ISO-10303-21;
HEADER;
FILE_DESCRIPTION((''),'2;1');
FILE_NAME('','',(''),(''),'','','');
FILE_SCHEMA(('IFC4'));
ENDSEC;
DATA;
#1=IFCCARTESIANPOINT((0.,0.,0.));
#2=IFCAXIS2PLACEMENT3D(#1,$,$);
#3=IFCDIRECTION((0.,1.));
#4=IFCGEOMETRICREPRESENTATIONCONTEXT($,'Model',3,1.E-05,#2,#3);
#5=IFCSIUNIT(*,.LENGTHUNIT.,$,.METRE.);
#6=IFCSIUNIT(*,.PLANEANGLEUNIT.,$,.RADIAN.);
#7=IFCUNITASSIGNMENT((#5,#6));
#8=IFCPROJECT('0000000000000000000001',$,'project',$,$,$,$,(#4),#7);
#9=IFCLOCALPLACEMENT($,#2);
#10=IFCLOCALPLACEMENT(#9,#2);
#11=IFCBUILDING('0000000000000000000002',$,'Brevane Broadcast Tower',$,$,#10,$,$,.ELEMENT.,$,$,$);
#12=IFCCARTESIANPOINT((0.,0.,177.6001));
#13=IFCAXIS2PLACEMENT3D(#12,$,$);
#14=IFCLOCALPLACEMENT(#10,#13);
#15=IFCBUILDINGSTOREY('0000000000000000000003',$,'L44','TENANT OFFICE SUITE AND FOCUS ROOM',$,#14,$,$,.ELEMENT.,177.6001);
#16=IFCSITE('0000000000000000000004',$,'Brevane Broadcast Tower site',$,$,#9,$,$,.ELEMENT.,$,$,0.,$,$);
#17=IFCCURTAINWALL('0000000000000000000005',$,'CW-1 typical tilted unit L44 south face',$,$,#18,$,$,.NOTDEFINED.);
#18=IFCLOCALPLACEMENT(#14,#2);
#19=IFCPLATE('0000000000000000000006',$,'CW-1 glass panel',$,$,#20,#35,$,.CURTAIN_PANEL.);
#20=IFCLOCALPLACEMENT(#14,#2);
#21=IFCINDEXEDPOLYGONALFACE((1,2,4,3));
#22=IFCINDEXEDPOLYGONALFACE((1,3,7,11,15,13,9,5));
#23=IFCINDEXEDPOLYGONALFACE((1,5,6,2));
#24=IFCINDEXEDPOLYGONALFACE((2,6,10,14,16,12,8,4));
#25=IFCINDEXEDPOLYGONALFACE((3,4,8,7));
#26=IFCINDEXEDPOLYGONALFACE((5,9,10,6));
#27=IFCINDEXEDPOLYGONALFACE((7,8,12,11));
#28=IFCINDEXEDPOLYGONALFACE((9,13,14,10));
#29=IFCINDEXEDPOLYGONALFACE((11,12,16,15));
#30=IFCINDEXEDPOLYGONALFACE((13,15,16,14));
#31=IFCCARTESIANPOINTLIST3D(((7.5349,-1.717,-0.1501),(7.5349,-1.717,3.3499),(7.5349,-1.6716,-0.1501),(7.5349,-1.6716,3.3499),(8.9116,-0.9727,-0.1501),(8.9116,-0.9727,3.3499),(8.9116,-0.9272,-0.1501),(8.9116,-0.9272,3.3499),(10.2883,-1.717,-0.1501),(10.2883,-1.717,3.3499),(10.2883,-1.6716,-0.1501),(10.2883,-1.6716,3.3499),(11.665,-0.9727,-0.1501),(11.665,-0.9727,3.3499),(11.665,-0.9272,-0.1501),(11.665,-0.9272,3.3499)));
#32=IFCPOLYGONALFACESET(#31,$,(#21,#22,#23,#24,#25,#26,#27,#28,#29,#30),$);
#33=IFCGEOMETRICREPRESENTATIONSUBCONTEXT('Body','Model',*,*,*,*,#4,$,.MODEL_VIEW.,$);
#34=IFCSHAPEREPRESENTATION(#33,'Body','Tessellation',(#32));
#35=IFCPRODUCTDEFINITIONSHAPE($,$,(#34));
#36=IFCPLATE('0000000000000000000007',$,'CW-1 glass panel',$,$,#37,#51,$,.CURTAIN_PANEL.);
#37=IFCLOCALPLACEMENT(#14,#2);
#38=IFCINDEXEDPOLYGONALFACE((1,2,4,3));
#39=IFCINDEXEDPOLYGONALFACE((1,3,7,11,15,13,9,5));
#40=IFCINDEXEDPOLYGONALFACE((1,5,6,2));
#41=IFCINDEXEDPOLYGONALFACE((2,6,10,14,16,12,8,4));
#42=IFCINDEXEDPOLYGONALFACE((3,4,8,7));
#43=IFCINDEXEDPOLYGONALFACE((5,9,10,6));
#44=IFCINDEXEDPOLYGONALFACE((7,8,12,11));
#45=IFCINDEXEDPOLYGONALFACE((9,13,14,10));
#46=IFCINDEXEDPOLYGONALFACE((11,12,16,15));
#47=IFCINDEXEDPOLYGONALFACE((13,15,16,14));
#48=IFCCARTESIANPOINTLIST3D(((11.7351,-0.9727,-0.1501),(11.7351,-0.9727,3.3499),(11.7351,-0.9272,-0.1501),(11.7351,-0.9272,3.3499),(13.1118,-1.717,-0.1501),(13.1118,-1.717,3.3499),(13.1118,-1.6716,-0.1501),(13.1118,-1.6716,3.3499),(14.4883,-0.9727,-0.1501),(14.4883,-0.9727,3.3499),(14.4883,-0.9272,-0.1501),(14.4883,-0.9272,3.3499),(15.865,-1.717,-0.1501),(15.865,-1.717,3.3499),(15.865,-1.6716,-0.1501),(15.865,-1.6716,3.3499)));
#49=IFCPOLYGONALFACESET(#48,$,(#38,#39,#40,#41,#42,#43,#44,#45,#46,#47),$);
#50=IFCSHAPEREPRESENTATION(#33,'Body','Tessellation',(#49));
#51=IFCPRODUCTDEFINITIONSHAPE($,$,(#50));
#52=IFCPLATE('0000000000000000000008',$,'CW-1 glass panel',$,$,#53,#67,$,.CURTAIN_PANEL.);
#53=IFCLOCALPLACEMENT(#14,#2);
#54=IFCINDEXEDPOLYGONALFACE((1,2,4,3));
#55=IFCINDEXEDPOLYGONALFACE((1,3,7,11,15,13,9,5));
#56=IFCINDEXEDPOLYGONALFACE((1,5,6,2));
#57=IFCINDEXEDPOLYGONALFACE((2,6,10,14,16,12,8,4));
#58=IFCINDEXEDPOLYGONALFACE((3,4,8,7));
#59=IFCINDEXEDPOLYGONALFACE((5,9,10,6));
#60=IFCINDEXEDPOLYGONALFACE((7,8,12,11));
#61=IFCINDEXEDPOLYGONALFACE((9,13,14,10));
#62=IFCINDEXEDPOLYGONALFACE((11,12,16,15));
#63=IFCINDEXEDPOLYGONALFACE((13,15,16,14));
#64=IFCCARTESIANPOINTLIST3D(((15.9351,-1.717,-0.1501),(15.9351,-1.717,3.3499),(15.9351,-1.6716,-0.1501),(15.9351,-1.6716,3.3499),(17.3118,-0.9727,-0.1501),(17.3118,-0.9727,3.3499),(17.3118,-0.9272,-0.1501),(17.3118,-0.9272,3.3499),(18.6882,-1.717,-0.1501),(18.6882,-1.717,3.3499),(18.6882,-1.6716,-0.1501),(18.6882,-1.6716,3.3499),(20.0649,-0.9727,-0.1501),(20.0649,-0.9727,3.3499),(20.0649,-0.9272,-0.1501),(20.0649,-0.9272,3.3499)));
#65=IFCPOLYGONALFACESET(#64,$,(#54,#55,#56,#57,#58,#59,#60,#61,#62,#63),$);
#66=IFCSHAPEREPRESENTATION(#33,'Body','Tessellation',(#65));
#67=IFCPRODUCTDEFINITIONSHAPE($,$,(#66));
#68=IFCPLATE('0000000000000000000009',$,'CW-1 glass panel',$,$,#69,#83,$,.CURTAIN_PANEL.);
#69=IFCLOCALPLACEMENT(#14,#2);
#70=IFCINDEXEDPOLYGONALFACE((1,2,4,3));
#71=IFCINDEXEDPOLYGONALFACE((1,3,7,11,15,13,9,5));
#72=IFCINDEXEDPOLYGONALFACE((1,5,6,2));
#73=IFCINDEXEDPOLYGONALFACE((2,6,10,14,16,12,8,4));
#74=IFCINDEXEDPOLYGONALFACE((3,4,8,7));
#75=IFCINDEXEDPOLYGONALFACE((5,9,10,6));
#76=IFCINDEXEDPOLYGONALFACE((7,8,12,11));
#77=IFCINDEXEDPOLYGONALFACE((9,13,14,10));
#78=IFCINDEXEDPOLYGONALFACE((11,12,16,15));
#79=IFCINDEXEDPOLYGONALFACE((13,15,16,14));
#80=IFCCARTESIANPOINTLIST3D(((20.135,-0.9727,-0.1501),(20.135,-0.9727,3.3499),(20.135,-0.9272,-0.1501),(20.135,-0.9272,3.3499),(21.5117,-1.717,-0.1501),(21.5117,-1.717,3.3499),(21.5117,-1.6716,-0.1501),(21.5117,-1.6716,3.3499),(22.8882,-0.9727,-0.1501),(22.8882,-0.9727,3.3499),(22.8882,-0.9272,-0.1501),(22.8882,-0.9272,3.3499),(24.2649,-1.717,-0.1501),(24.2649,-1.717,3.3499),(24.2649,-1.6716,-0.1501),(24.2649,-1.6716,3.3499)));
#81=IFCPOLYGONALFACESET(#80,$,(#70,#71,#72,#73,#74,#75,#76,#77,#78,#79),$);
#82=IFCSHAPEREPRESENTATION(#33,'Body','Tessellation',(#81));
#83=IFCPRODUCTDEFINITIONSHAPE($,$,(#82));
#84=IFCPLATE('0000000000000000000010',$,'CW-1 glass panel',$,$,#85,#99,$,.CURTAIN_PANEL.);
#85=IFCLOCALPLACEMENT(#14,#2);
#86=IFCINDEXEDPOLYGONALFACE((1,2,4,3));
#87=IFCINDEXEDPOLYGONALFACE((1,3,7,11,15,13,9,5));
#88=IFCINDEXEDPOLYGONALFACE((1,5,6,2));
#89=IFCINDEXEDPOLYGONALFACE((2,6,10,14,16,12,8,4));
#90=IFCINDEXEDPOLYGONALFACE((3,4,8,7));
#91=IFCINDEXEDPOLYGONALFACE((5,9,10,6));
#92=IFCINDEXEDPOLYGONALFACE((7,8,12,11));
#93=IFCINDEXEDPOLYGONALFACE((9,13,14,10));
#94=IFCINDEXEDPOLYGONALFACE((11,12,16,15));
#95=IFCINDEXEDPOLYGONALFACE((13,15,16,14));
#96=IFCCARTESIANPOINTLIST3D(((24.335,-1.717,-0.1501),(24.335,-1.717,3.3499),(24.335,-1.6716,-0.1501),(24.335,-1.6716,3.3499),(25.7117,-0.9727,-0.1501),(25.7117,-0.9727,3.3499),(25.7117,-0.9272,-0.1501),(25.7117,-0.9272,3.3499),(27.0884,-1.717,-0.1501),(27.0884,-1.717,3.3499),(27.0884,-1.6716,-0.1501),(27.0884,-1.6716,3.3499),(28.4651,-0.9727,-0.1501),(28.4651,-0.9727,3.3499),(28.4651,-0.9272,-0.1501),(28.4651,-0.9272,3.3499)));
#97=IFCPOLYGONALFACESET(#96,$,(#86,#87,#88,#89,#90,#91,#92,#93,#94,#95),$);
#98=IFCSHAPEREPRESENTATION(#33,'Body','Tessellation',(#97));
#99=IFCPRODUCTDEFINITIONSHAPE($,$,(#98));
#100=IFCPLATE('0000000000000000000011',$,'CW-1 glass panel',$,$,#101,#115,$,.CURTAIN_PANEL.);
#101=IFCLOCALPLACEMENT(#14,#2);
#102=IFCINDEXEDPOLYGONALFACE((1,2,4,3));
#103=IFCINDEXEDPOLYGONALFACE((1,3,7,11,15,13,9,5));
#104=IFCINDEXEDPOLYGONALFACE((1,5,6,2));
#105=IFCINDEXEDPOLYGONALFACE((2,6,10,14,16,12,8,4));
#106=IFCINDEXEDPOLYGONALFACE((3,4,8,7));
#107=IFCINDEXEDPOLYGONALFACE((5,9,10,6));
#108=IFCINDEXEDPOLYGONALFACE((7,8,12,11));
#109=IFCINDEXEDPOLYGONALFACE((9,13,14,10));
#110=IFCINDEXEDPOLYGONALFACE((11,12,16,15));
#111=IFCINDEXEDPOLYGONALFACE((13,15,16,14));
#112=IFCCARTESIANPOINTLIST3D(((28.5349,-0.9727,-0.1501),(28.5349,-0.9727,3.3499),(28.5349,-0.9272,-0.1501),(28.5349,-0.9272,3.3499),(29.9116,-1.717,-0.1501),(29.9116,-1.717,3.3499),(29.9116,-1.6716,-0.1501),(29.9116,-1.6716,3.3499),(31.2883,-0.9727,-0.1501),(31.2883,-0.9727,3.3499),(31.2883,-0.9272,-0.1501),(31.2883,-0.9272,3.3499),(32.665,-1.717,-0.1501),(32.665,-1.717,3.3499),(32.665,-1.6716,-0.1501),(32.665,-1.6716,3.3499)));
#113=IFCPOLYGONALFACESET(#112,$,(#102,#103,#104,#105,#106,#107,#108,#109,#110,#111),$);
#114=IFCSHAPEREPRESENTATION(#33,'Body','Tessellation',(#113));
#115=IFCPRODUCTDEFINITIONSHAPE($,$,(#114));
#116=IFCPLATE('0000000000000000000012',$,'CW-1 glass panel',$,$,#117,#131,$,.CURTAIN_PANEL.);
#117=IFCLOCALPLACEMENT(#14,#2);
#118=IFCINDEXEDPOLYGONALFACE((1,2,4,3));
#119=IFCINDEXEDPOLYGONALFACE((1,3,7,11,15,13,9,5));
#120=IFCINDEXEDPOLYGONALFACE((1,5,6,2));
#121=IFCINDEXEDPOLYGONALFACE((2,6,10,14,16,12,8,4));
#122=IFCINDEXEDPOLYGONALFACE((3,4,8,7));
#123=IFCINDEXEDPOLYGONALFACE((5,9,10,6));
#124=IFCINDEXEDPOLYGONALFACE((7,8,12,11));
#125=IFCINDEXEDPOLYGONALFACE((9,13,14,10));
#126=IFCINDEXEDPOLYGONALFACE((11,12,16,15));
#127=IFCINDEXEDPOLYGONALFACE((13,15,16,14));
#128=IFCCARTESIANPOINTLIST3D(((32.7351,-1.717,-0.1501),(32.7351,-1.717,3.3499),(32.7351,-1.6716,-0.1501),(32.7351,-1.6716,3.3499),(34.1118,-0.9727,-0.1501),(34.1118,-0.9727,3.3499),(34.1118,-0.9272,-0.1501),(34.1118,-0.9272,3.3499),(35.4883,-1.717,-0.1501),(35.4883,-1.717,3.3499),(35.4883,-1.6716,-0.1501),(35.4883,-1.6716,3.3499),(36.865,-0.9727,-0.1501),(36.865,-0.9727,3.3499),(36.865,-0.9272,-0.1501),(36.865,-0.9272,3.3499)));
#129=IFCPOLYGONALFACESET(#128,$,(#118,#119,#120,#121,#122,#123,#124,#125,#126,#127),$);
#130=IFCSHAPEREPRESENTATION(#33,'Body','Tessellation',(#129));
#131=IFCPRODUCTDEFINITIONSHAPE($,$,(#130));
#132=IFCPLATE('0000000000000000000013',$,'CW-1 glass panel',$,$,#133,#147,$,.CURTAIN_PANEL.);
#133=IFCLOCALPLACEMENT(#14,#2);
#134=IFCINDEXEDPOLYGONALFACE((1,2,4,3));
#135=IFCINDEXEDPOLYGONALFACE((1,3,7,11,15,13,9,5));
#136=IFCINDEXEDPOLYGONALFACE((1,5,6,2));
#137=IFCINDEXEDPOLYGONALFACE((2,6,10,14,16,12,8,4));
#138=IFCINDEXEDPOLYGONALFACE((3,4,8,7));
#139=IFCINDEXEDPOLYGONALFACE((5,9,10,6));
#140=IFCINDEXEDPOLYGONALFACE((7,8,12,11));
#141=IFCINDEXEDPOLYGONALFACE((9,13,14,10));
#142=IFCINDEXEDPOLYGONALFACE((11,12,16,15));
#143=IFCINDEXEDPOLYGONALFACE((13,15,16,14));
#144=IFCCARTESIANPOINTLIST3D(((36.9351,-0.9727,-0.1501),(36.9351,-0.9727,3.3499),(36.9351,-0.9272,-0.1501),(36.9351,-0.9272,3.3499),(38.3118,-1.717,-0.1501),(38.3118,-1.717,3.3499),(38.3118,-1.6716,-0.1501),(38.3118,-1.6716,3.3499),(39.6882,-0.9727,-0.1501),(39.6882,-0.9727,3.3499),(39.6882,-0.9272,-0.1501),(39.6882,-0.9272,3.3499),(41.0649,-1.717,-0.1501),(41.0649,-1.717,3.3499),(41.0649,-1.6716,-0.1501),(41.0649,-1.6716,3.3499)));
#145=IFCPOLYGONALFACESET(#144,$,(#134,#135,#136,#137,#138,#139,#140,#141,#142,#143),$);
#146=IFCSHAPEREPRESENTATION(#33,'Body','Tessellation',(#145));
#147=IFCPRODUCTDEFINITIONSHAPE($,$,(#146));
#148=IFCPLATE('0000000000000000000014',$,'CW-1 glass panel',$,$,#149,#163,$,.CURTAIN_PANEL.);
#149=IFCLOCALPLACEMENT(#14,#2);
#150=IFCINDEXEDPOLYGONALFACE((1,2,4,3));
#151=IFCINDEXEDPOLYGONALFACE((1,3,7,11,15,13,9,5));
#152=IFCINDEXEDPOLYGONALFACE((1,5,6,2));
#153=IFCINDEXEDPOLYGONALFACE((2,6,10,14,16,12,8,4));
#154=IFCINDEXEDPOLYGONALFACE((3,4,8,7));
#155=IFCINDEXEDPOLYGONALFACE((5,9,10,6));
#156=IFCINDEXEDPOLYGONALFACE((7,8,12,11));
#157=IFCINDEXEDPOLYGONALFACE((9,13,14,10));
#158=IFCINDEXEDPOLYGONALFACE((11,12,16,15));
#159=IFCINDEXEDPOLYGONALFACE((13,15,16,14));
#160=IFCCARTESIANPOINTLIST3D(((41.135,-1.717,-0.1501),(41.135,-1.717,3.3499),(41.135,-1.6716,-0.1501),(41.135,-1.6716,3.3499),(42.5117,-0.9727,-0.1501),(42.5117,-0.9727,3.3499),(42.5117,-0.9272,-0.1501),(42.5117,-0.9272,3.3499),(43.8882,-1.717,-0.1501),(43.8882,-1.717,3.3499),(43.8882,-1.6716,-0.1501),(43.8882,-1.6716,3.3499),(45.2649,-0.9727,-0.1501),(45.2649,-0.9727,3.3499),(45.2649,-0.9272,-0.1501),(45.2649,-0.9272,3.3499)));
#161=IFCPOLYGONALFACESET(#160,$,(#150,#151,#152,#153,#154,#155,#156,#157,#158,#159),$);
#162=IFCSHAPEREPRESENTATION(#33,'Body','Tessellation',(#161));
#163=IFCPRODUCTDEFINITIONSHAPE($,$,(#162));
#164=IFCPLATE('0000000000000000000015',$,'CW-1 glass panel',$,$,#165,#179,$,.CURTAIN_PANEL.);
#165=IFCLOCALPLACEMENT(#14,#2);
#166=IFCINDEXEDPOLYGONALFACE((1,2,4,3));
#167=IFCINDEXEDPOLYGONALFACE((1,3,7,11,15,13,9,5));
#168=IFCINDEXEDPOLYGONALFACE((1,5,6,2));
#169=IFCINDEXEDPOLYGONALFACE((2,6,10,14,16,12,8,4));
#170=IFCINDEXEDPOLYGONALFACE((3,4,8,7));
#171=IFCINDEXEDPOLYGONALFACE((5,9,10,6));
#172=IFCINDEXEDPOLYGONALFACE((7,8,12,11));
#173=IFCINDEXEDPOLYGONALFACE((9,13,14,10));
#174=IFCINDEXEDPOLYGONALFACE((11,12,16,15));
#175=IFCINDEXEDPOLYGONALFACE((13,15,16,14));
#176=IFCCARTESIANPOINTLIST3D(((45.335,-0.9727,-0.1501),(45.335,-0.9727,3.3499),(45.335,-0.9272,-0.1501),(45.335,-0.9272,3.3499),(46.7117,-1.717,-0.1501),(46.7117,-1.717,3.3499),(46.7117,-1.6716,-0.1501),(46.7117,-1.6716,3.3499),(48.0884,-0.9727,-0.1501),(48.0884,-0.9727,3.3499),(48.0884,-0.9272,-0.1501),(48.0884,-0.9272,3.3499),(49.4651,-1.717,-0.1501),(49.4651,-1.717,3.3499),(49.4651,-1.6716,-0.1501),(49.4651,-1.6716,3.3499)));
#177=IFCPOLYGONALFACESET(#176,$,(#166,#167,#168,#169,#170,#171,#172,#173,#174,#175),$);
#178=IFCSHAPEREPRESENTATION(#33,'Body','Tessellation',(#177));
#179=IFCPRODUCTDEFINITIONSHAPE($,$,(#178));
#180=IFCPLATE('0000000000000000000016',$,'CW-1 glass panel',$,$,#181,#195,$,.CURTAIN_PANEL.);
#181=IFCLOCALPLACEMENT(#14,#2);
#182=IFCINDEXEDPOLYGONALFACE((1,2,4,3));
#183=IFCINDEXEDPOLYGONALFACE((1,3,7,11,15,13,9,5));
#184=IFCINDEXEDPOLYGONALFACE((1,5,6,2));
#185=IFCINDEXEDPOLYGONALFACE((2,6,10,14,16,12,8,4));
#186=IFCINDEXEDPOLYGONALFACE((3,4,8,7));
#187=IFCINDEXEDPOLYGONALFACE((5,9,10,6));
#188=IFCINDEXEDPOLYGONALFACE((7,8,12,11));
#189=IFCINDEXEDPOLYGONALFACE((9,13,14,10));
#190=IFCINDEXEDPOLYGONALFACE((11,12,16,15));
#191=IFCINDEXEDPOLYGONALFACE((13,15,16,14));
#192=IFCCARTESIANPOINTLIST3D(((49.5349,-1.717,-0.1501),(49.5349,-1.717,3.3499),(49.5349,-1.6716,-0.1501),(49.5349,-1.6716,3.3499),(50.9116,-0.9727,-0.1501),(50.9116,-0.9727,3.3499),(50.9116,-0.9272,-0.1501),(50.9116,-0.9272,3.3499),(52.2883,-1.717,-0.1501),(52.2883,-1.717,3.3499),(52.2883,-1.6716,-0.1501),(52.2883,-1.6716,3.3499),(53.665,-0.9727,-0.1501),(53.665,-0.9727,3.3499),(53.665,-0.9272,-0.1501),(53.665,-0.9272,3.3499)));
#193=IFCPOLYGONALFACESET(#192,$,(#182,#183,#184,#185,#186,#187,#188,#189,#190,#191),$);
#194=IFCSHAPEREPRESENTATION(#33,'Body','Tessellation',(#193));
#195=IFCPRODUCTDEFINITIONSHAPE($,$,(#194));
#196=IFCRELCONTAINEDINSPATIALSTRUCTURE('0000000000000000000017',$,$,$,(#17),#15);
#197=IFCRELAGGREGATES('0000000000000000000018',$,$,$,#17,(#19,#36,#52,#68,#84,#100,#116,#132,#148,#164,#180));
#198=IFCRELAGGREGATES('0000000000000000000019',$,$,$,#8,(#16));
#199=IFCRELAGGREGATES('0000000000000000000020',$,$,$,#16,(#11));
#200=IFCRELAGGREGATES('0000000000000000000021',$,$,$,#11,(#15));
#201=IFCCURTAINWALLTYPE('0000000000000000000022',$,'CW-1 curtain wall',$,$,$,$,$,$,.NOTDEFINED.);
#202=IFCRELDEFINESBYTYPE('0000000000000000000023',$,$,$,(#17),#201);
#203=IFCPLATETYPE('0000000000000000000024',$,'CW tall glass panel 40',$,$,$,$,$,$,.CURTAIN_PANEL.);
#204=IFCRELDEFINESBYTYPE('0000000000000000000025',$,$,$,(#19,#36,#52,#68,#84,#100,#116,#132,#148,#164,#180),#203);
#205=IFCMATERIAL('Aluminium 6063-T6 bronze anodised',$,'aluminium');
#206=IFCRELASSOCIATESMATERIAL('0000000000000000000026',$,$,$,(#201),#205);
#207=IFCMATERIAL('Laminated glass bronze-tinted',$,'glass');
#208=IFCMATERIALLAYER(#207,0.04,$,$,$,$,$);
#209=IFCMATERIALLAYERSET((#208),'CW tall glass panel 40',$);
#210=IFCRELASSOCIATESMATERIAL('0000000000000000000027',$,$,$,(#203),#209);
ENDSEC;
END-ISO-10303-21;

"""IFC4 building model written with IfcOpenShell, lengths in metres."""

from ifc_helpers import new_model, si_unit, direction, frame, origin, place, context, subcontext, project, spatial, polyline, outline, extrude, material, layer, layer_set, type_object, element, aggregate, save


model = new_model("IFC4")

# Units and contexts
model_context = context("Model", 3, precision=1e-05, world=origin(), true_north=direction((0.0, 1.0)))
body_context = subcontext(model_context, "Body", "Model", "MODEL_VIEW")
ifc_project = project(units=[si_unit("LENGTHUNIT", "METRE"), si_unit("PLANEANGLEUNIT", "RADIAN")], contexts=[model_context])

# Site, building, storey
site_placement = place(None, origin())
site = spatial("IfcSite", under=ifc_project, at=site_placement, Name="Brevane Broadcast Tower site", CompositionType="ELEMENT", RefElevation=0.0)
building_placement = place(site_placement, origin())
building = spatial("IfcBuilding", under=site, at=building_placement, Name="Brevane Broadcast Tower", CompositionType="ELEMENT")
storey_placement = place(building_placement, frame((0.0, 0.0, 177.6001)))
storey = spatial("IfcBuildingStorey", under=building, at=storey_placement, Name="L44", Description="TENANT OFFICE SUITE AND FOCUS ROOM", CompositionType="ELEMENT", Elevation=177.6001)

# Curtain wall, plates
ifc_material_1 = material(Name="Aluminium 6063-T6 bronze anodised", Category="aluminium")
curtain_wall_type = type_object("IfcCurtainWallType", Name="CW-1 curtain wall", PredefinedType="NOTDEFINED", material=ifc_material_1)
curtain_wall_1_placement = place(storey_placement, origin())
curtain_wall_1 = element("IfcCurtainWall", 1, at=curtain_wall_1_placement, inside=storey, type_object=curtain_wall_type, Name="CW-1 typical tilted unit L44 south face", PredefinedType="NOTDEFINED")
ifc_material_2 = material(Name="Laminated glass bronze-tinted", Category="glass")
ifc_layer = layer(ifc_material_2, 0.04)
ifc_layer_set = layer_set([ifc_layer], Name="CW tall glass panel 40")
plate_type = type_object("IfcPlateType", Name="CW tall glass panel 40", PredefinedType="CURTAIN_PANEL", material=ifc_layer_set)
plate_1_placement = place(storey_placement, frame((0.0, 0.0, -0.1501)))
plate_1 = element("IfcPlate", 2, at=plate_1_placement, type_object=plate_type, Name="CW-1 glass panel", PredefinedType="CURTAIN_PANEL", context=body_context, shape_type="SweptSolid", body=[
    extrude(outline(polyline([(7.5349, -1.6716), (7.5349, -1.717), (8.9116, -0.9727), (10.2883, -1.717), (11.665, -0.9727), (11.665, -0.9272), (10.2883, -1.6716), (8.9116, -0.9272), (7.5349, -1.6716)])), origin(), (0.0, 0.0, 1.0), 3.5),
])
plate_2_placement = place(storey_placement, frame((0.0, 0.0, -0.1501)))
plate_2 = element("IfcPlate", 3, at=plate_2_placement, type_object=plate_type, Name="CW-1 glass panel", PredefinedType="CURTAIN_PANEL", context=body_context, shape_type="SweptSolid", body=[
    extrude(outline(polyline([(11.7351, -0.9272), (11.7351, -0.9727), (13.1118, -1.717), (14.4883, -0.9727), (15.865, -1.717), (15.865, -1.6716), (14.4883, -0.9272), (13.1118, -1.6716), (11.7351, -0.9272)])), origin(), (0.0, 0.0, 1.0), 3.5),
])
plate_3_placement = place(storey_placement, frame((0.0, 0.0, -0.1501)))
plate_3 = element("IfcPlate", 4, at=plate_3_placement, type_object=plate_type, Name="CW-1 glass panel", PredefinedType="CURTAIN_PANEL", context=body_context, shape_type="SweptSolid", body=[
    extrude(outline(polyline([(15.9351, -1.6716), (15.9351, -1.717), (17.3118, -0.9727), (18.6882, -1.717), (20.0649, -0.9727), (20.0649, -0.9272), (18.6882, -1.6716), (17.3118, -0.9272), (15.9351, -1.6716)])), origin(), (0.0, 0.0, 1.0), 3.5),
])
plate_4_placement = place(storey_placement, frame((0.0, 0.0, -0.1501)))
plate_4 = element("IfcPlate", 5, at=plate_4_placement, type_object=plate_type, Name="CW-1 glass panel", PredefinedType="CURTAIN_PANEL", context=body_context, shape_type="SweptSolid", body=[
    extrude(outline(polyline([(20.135, -0.9272), (20.135, -0.9727), (21.5117, -1.717), (22.8882, -0.9727), (24.2649, -1.717), (24.2649, -1.6716), (22.8882, -0.9272), (21.5117, -1.6716), (20.135, -0.9272)])), origin(), (0.0, 0.0, 1.0), 3.5),
])
plate_5_placement = place(storey_placement, frame((0.0, 0.0, -0.1501)))
plate_5 = element("IfcPlate", 6, at=plate_5_placement, type_object=plate_type, Name="CW-1 glass panel", PredefinedType="CURTAIN_PANEL", context=body_context, shape_type="SweptSolid", body=[
    extrude(outline(polyline([(24.335, -1.6716), (24.335, -1.717), (25.7117, -0.9727), (27.0884, -1.717), (28.4651, -0.9727), (28.4651, -0.9272), (27.0884, -1.6716), (25.7117, -0.9272), (24.335, -1.6716)])), origin(), (0.0, 0.0, 1.0), 3.5),
])
plate_6_placement = place(storey_placement, frame((0.0, 0.0, -0.1501)))
plate_6 = element("IfcPlate", 7, at=plate_6_placement, type_object=plate_type, Name="CW-1 glass panel", PredefinedType="CURTAIN_PANEL", context=body_context, shape_type="SweptSolid", body=[
    extrude(outline(polyline([(28.5349, -0.9272), (28.5349, -0.9727), (29.9116, -1.717), (31.2883, -0.9727), (32.665, -1.717), (32.665, -1.6716), (31.2883, -0.9272), (29.9116, -1.6716), (28.5349, -0.9272)])), origin(), (0.0, 0.0, 1.0), 3.5),
])
plate_7_placement = place(storey_placement, frame((0.0, 0.0, -0.1501)))
plate_7 = element("IfcPlate", 8, at=plate_7_placement, type_object=plate_type, Name="CW-1 glass panel", PredefinedType="CURTAIN_PANEL", context=body_context, shape_type="SweptSolid", body=[
    extrude(outline(polyline([(32.7351, -1.6716), (32.7351, -1.717), (34.1118, -0.9727), (35.4883, -1.717), (36.865, -0.9727), (36.865, -0.9272), (35.4883, -1.6716), (34.1118, -0.9272), (32.7351, -1.6716)])), origin(), (0.0, 0.0, 1.0), 3.5),
])
plate_8_placement = place(storey_placement, frame((0.0, 0.0, -0.1501)))
plate_8 = element("IfcPlate", 9, at=plate_8_placement, type_object=plate_type, Name="CW-1 glass panel", PredefinedType="CURTAIN_PANEL", context=body_context, shape_type="SweptSolid", body=[
    extrude(outline(polyline([(36.9351, -0.9272), (36.9351, -0.9727), (38.3118, -1.717), (39.6882, -0.9727), (41.0649, -1.717), (41.0649, -1.6716), (39.6882, -0.9272), (38.3118, -1.6716), (36.9351, -0.9272)])), origin(), (0.0, 0.0, 1.0), 3.5),
])
plate_9_placement = place(storey_placement, frame((0.0, 0.0, -0.1501)))
plate_9 = element("IfcPlate", 10, at=plate_9_placement, type_object=plate_type, Name="CW-1 glass panel", PredefinedType="CURTAIN_PANEL", context=body_context, shape_type="SweptSolid", body=[
    extrude(outline(polyline([(41.135, -1.6716), (41.135, -1.717), (42.5117, -0.9727), (43.8882, -1.717), (45.2649, -0.9727), (45.2649, -0.9272), (43.8882, -1.6716), (42.5117, -0.9272), (41.135, -1.6716)])), origin(), (0.0, 0.0, 1.0), 3.5),
])
plate_10_placement = place(storey_placement, frame((0.0, 0.0, -0.1501)))
plate_10 = element("IfcPlate", 11, at=plate_10_placement, type_object=plate_type, Name="CW-1 glass panel", PredefinedType="CURTAIN_PANEL", context=body_context, shape_type="SweptSolid", body=[
    extrude(outline(polyline([(45.335, -0.9272), (45.335, -0.9727), (46.7117, -1.717), (48.0884, -0.9727), (49.4651, -1.717), (49.4651, -1.6716), (48.0884, -0.9272), (46.7117, -1.6716), (45.335, -0.9272)])), origin(), (0.0, 0.0, 1.0), 3.5),
])
plate_11_placement = place(storey_placement, frame((0.0, 0.0, -0.1501)))
plate_11 = element("IfcPlate", 12, at=plate_11_placement, type_object=plate_type, Name="CW-1 glass panel", PredefinedType="CURTAIN_PANEL", context=body_context, shape_type="SweptSolid", body=[
    extrude(outline(polyline([(49.5349, -1.6716), (49.5349, -1.717), (50.9116, -0.9727), (52.2883, -1.717), (53.665, -0.9727), (53.665, -0.9272), (52.2883, -1.6716), (50.9116, -0.9272), (49.5349, -1.6716)])), origin(), (0.0, 0.0, 1.0), 3.5),
])
aggregate(curtain_wall_1, [plate_1, plate_2, plate_3, plate_4, plate_5, plate_6, plate_7, plate_8, plate_9, plate_10, plate_11])

save(model, "model.ifc")
